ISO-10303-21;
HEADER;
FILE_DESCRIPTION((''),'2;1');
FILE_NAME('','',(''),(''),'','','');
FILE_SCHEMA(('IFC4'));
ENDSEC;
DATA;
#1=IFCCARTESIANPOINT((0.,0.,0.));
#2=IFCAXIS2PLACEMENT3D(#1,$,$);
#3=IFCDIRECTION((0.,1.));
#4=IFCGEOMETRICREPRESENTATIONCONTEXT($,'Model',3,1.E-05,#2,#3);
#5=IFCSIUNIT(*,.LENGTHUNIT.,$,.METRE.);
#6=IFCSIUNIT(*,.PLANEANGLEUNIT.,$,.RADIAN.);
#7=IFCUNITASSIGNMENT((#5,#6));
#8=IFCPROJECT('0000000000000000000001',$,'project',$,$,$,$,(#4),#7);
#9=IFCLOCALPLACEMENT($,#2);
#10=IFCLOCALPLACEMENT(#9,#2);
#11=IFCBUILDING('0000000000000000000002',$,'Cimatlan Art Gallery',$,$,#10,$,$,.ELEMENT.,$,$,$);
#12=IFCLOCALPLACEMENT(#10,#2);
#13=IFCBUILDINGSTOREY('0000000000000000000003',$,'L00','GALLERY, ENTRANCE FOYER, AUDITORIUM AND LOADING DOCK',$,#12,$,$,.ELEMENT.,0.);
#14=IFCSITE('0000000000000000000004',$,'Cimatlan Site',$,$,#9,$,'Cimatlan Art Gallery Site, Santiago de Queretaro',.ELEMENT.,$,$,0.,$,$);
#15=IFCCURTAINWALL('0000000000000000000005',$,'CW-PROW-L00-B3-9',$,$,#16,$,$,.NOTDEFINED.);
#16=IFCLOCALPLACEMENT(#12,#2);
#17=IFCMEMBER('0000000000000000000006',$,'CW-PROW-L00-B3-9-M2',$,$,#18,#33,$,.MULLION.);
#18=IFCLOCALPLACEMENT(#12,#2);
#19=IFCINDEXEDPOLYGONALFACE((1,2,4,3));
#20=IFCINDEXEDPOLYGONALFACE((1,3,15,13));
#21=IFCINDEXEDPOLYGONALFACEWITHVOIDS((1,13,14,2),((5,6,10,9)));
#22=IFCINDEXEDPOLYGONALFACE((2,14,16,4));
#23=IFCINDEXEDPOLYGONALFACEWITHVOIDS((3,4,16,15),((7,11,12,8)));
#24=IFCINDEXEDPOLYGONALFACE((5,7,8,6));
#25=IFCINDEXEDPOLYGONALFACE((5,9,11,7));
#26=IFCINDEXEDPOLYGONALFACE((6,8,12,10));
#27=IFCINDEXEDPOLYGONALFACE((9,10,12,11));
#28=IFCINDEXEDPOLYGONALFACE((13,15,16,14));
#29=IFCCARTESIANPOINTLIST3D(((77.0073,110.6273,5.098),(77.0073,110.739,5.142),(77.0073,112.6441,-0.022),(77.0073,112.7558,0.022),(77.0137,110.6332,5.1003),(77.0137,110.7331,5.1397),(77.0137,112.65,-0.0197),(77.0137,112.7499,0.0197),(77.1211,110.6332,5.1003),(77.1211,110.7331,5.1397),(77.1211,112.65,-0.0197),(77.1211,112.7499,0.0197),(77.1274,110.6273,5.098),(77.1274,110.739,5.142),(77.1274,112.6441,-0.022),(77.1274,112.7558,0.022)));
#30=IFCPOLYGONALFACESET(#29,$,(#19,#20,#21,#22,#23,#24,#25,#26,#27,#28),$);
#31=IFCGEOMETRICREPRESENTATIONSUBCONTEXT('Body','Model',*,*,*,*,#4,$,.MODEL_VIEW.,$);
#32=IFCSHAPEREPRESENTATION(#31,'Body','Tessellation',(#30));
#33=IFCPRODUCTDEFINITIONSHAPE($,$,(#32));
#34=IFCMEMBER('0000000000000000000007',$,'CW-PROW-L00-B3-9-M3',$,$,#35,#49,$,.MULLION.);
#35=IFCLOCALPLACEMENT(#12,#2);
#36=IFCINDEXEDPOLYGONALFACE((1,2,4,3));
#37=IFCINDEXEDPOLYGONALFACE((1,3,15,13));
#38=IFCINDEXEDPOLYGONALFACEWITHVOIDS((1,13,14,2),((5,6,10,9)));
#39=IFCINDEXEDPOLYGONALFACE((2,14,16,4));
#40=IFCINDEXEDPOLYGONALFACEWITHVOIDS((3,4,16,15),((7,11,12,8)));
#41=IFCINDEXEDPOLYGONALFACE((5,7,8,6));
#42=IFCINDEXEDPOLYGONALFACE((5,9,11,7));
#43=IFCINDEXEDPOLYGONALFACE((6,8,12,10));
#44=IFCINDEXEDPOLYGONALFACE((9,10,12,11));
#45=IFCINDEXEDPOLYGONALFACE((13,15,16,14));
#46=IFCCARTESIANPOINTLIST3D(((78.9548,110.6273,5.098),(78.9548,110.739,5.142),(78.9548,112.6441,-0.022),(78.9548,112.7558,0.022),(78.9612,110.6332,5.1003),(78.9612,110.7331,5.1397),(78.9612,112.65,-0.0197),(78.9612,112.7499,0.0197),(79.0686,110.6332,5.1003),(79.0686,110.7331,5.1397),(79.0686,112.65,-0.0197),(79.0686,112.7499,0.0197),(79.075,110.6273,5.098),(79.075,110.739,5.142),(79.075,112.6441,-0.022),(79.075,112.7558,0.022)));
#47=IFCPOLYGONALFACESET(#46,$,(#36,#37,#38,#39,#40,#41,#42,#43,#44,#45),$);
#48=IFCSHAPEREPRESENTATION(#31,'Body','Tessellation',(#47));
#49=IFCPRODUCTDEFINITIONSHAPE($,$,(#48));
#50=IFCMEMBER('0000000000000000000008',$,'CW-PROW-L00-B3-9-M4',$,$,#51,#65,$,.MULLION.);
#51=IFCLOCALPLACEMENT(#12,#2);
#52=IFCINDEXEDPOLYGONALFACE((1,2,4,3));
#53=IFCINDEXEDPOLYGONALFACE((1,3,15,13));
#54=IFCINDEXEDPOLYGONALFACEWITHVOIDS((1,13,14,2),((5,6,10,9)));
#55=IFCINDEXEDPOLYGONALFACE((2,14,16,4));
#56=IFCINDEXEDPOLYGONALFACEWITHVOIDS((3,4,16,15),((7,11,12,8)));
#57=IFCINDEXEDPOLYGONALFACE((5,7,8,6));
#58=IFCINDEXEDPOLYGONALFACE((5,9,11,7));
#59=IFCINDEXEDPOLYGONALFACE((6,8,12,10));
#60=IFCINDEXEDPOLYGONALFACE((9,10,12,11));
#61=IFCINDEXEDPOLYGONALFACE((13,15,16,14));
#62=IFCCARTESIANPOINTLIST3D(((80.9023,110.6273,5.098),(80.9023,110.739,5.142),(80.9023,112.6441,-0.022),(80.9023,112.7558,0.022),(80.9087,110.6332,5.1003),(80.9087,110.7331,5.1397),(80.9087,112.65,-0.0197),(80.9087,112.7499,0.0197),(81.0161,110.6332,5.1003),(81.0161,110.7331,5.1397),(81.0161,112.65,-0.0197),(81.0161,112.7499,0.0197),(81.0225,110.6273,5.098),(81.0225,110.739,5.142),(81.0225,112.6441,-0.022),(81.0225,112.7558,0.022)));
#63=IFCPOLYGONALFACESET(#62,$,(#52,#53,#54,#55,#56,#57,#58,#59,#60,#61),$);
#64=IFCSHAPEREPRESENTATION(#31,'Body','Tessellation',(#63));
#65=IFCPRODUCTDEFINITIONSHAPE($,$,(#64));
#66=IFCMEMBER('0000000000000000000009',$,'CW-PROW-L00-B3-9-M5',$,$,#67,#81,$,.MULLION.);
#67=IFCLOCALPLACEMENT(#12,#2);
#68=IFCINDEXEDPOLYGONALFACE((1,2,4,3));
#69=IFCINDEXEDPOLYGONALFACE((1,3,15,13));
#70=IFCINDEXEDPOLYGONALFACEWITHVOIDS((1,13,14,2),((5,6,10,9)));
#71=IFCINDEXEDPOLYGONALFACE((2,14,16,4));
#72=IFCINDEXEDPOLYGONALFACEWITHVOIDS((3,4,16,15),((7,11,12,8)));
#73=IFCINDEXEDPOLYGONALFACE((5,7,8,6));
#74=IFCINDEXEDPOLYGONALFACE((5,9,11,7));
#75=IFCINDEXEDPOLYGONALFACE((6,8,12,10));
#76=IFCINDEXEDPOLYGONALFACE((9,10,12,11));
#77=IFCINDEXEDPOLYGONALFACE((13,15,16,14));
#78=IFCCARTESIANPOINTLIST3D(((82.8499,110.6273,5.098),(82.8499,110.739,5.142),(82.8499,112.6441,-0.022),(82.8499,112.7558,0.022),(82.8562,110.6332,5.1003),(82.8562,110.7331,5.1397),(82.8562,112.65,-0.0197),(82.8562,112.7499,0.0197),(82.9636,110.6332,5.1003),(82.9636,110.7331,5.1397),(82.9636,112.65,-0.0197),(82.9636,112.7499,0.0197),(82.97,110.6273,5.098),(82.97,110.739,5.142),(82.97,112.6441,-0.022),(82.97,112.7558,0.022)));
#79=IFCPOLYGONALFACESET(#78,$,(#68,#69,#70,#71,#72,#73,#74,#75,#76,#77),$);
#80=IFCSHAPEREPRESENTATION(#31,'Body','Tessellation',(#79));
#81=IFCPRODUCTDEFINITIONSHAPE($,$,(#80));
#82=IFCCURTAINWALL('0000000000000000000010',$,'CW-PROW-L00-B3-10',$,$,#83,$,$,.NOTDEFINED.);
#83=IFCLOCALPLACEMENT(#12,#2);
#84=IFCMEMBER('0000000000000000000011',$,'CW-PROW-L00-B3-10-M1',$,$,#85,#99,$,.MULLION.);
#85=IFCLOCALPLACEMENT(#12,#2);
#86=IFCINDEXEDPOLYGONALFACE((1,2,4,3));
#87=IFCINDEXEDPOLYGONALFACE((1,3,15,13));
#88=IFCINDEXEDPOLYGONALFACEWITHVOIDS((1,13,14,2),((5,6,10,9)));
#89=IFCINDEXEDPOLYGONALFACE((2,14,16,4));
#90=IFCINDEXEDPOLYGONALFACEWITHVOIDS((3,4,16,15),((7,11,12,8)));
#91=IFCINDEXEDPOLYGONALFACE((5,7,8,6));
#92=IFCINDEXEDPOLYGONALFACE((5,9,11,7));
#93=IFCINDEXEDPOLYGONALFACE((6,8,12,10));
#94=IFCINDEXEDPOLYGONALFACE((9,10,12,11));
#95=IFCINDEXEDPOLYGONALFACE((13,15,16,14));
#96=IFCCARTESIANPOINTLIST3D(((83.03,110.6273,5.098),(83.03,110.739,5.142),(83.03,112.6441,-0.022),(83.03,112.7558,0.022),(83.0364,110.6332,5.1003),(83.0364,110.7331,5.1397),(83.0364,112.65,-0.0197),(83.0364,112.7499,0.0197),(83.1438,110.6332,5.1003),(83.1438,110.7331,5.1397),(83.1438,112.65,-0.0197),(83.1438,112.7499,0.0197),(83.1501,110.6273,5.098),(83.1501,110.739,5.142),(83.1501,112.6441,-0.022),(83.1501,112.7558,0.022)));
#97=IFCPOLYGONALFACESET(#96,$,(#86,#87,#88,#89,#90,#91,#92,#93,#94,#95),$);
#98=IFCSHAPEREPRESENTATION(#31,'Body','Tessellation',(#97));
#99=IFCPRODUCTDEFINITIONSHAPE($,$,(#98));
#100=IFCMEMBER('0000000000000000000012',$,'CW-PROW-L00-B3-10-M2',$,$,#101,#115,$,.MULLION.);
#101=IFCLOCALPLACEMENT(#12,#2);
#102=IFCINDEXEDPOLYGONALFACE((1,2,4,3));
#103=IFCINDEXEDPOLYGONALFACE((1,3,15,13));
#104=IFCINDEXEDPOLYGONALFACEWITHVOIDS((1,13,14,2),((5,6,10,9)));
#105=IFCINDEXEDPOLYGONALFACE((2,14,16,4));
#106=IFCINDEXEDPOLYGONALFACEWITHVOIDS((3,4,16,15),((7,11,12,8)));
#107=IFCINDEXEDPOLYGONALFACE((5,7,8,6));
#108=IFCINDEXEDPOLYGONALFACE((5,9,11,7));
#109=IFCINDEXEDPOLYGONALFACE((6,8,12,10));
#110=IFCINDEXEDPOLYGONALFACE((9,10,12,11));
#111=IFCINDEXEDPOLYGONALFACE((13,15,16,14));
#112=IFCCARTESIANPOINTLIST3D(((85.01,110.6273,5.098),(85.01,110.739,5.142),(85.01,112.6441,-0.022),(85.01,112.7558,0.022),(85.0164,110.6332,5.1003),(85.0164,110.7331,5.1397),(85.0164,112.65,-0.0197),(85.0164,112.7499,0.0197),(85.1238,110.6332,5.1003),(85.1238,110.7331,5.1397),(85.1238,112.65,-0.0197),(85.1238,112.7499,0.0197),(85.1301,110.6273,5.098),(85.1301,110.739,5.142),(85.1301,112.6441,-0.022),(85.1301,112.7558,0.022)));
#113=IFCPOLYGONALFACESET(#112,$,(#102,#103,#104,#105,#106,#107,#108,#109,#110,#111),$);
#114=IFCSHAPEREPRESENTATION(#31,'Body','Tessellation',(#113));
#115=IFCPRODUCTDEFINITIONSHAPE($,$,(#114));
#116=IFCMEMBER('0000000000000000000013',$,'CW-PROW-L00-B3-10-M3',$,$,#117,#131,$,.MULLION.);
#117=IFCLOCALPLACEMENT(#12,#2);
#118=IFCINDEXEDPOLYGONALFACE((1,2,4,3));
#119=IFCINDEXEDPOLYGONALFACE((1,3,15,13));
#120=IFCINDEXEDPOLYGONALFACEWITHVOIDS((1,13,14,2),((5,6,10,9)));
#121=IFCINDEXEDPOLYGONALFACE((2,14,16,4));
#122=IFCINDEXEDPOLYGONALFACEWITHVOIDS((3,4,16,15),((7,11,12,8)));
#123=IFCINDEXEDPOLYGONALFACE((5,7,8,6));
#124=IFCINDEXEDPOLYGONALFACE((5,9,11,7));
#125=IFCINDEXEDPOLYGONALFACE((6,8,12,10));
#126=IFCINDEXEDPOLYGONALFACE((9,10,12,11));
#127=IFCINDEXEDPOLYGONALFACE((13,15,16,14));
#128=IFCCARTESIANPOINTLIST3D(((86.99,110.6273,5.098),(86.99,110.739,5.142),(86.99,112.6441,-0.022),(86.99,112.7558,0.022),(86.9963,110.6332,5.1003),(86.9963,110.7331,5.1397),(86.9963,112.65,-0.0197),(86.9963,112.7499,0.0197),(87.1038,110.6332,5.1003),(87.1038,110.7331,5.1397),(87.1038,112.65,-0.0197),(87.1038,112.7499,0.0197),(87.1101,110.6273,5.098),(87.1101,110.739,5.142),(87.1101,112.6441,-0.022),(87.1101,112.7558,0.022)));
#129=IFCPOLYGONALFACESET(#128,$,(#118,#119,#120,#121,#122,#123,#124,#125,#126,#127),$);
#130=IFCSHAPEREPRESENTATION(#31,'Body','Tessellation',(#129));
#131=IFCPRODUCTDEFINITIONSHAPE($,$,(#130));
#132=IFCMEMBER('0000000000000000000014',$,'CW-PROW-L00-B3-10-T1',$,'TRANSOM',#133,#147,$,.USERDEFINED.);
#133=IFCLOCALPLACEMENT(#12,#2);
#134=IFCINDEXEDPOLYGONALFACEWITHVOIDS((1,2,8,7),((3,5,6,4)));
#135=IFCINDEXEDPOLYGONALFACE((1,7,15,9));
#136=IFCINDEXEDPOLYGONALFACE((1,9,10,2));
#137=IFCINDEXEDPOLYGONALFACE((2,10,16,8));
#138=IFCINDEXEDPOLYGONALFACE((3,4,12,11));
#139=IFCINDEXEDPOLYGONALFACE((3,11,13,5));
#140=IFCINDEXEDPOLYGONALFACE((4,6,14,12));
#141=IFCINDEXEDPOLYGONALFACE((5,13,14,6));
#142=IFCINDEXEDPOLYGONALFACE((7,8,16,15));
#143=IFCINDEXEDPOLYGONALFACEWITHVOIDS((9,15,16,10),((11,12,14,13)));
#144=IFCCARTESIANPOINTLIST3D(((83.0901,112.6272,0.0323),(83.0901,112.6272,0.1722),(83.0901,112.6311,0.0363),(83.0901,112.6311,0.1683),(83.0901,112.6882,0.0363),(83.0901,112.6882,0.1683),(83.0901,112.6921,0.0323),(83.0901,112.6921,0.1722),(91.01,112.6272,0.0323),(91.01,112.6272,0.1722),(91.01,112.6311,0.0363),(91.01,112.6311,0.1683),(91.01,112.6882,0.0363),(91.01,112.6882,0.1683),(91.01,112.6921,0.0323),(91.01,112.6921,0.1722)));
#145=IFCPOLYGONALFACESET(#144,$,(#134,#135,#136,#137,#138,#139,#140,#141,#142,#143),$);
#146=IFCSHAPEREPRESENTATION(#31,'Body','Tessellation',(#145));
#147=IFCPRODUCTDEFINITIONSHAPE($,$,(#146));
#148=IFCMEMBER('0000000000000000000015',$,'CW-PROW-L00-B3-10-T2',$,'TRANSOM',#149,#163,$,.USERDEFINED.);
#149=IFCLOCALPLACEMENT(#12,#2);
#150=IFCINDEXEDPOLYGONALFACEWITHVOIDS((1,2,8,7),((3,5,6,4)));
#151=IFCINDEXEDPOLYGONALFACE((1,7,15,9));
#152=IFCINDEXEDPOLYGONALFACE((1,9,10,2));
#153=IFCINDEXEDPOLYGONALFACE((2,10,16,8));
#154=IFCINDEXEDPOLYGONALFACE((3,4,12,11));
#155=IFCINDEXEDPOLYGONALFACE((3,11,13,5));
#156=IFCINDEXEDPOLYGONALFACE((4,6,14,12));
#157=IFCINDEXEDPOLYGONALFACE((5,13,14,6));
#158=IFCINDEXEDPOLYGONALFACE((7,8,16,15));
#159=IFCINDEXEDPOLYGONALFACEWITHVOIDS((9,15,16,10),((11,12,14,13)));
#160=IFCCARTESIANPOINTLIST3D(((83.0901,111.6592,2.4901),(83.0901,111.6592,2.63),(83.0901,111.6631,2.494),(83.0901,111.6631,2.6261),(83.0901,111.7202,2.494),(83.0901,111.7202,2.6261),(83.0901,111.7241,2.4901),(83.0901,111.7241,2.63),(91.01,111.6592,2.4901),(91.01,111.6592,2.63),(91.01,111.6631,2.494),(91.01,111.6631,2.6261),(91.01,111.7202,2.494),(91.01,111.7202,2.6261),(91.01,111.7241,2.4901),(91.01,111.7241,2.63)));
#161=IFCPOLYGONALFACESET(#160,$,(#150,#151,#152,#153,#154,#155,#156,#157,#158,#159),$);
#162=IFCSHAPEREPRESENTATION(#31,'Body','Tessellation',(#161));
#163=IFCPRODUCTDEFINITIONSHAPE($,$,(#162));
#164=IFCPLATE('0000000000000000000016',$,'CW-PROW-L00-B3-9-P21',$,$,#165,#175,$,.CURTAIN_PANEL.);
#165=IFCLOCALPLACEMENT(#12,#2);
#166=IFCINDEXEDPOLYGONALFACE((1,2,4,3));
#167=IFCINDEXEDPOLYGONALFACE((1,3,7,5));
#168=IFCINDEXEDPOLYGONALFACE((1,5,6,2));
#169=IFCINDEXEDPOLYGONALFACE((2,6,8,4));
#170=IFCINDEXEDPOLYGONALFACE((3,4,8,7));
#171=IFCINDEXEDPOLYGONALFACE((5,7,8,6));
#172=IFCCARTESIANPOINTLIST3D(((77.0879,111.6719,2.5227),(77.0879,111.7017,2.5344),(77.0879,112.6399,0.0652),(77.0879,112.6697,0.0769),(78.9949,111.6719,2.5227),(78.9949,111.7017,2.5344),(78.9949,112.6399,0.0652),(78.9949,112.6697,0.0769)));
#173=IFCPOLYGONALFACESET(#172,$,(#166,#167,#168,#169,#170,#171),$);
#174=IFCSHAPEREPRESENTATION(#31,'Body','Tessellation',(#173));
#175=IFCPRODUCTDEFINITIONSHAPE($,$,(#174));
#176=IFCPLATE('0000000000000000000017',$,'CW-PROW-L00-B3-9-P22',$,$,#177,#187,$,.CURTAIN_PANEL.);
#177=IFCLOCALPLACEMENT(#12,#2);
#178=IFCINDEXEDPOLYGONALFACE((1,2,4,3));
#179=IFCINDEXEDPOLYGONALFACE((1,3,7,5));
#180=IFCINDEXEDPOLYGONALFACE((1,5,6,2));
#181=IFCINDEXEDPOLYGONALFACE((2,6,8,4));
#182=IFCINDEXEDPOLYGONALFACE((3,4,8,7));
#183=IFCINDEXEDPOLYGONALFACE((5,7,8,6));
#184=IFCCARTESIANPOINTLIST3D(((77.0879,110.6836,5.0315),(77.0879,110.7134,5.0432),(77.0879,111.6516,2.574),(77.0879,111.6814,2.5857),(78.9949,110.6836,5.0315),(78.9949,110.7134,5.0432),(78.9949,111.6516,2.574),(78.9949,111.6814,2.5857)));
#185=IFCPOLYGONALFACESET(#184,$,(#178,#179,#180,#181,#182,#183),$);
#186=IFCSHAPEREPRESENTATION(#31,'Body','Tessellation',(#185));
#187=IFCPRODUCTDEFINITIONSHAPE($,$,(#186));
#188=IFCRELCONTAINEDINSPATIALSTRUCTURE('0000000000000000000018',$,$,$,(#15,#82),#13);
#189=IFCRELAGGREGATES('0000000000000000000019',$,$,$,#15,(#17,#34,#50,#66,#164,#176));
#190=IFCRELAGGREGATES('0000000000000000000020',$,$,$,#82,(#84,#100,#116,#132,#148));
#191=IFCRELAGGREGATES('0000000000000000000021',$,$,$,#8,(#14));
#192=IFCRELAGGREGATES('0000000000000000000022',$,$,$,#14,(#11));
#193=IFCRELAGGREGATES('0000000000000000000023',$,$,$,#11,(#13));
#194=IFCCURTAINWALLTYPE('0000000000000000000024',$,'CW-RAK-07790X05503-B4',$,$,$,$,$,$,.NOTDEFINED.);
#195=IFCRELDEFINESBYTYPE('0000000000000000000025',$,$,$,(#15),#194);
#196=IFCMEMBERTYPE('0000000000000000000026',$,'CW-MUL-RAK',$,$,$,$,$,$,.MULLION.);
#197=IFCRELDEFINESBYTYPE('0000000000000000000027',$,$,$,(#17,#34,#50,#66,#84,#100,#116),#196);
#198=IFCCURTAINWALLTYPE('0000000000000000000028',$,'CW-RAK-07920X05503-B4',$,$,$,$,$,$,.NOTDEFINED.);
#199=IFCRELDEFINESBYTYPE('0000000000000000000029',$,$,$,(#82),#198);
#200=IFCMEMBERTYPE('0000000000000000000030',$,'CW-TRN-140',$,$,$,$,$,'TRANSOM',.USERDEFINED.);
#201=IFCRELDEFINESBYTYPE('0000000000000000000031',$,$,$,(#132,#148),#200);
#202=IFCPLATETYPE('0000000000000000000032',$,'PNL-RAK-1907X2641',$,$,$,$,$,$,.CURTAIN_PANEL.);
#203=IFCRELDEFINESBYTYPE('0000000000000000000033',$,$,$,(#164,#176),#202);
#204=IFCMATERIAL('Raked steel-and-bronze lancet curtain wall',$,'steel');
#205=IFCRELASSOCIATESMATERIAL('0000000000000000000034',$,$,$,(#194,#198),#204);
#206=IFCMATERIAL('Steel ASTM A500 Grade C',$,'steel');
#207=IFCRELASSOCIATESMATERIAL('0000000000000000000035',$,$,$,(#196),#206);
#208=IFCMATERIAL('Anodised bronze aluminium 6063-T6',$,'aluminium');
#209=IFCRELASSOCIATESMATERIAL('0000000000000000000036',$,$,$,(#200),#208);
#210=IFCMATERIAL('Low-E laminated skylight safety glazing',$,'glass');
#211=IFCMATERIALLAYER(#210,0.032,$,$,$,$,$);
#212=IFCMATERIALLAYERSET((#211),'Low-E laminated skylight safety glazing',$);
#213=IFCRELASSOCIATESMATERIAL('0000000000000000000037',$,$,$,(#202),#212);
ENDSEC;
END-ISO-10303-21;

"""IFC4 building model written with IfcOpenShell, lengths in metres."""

from ifc_helpers import new_model, si_unit, direction, frame, origin, origin_2d, place, context, subcontext, project, spatial, polyline, hollow_rectangle, outline, extrude, material, layer, layer_set, material_profile, profile_set, type_object, element, aggregate, save


model = new_model("IFC4")

# Units and contexts
model_context = context("Model", 3, precision=1e-05, world=origin(), true_north=direction((0.0, 1.0)))
body_context = subcontext(model_context, "Body", "Model", "MODEL_VIEW")
ifc_project = project(units=[si_unit("LENGTHUNIT", "METRE"), si_unit("PLANEANGLEUNIT", "RADIAN")], contexts=[model_context])

# Site, building, storey
site_placement = place(None, origin())
site = spatial("IfcSite", under=ifc_project, at=site_placement, Name="Cimatlan Site", LongName="Cimatlan Art Gallery Site, Santiago de Queretaro", CompositionType="ELEMENT", RefElevation=0.0)
building_placement = place(site_placement, origin())
building = spatial("IfcBuilding", under=site, at=building_placement, Name="Cimatlan Art Gallery", CompositionType="ELEMENT")
storey_placement = place(building_placement, origin())
storey = spatial("IfcBuildingStorey", under=building, at=storey_placement, Name="L00", Description="GALLERY, ENTRANCE FOYER, AUDITORIUM AND LOADING DOCK", CompositionType="ELEMENT", Elevation=0.0)

# Curtain walls, members
ifc_material_1 = material(Name="Raked steel-and-bronze lancet curtain wall", Category="steel")
curtain_wall_type_1 = type_object("IfcCurtainWallType", Name="CW-RAK-07790X05503-B4", PredefinedType="NOTDEFINED", material=ifc_material_1)
curtain_wall_1_placement = place(storey_placement, origin())
curtain_wall_1 = element("IfcCurtainWall", 1, at=curtain_wall_1_placement, inside=storey, type_object=curtain_wall_type_1, Name="CW-PROW-L00-B3-9", PredefinedType="NOTDEFINED")
ifc_material_2 = material(Name="Steel ASTM A500 Grade C", Category="steel")
ifc_material_profile_1 = material_profile(ifc_material_2, hollow_rectangle(XDim=0.1201, YDim=0.1201, WallThickness=0.0063, at=origin_2d()), Name="HSS120X120X6")
ifc_profile_set_1 = profile_set([ifc_material_profile_1], Name="Steel ASTM A500 Grade C")
member_type_1 = type_object("IfcMemberType", Name="CW-MUL-RAK", PredefinedType="MULLION", material=ifc_profile_set_1)
member_1_placement = place(storey_placement, frame((77.0674, 112.7, 0.0), z_axis=(0.0, -0.366498, 0.930419), x_axis=(1.0, 0.0, 0.0)))
member_1 = element("IfcMember", 2, at=member_1_placement, type_object=member_type_1, Name="CW-PROW-L00-B3-9-M2", PredefinedType="MULLION", context=body_context, shape_type="SweptSolid", body=[
    extrude(hollow_rectangle(XDim=0.1201, YDim=0.1201, WallThickness=0.0063, at=origin_2d()), origin(), (0.0, 0.0, 1.0), 5.5029),
])
member_2_placement = place(storey_placement, frame((79.0149, 112.7, 0.0), z_axis=(0.0, -0.366498, 0.930419), x_axis=(1.0, 0.0, 0.0)))
member_2 = element("IfcMember", 3, at=member_2_placement, type_object=member_type_1, Name="CW-PROW-L00-B3-9-M3", PredefinedType="MULLION", context=body_context, shape_type="SweptSolid", body=[
    extrude(hollow_rectangle(XDim=0.1201, YDim=0.1201, WallThickness=0.0063, at=origin_2d()), origin(), (0.0, 0.0, 1.0), 5.5029),
])
member_3_placement = place(storey_placement, frame((80.9624, 112.7, 0.0), z_axis=(0.0, -0.366498, 0.930419), x_axis=(1.0, 0.0, 0.0)))
member_3 = element("IfcMember", 4, at=member_3_placement, type_object=member_type_1, Name="CW-PROW-L00-B3-9-M4", PredefinedType="MULLION", context=body_context, shape_type="SweptSolid", body=[
    extrude(hollow_rectangle(XDim=0.1201, YDim=0.1201, WallThickness=0.0063, at=origin_2d()), origin(), (0.0, 0.0, 1.0), 5.5029),
])
member_4_placement = place(storey_placement, frame((82.9099, 112.7, 0.0), z_axis=(0.0, -0.366498, 0.930419), x_axis=(1.0, 0.0, 0.0)))
member_4 = element("IfcMember", 5, at=member_4_placement, type_object=member_type_1, Name="CW-PROW-L00-B3-9-M5", PredefinedType="MULLION", context=body_context, shape_type="SweptSolid", body=[
    extrude(hollow_rectangle(XDim=0.1201, YDim=0.1201, WallThickness=0.0063, at=origin_2d()), origin(), (0.0, 0.0, 1.0), 5.5029),
])
curtain_wall_type_2 = type_object("IfcCurtainWallType", Name="CW-RAK-07920X05503-B4", PredefinedType="NOTDEFINED", material=ifc_material_1)
curtain_wall_2_placement = place(storey_placement, origin())
curtain_wall_2 = element("IfcCurtainWall", 6, at=curtain_wall_2_placement, inside=storey, type_object=curtain_wall_type_2, Name="CW-PROW-L00-B3-10", PredefinedType="NOTDEFINED")
member_5_placement = place(storey_placement, frame((83.0901, 112.7, 0.0), z_axis=(0.0, -0.366498, 0.930419), x_axis=(1.0, 0.0, 0.0)))
member_5 = element("IfcMember", 7, at=member_5_placement, type_object=member_type_1, Name="CW-PROW-L00-B3-10-M1", PredefinedType="MULLION", context=body_context, shape_type="SweptSolid", body=[
    extrude(hollow_rectangle(XDim=0.1201, YDim=0.1201, WallThickness=0.0063, at=origin_2d()), origin(), (0.0, 0.0, 1.0), 5.5029),
])
member_6_placement = place(storey_placement, frame((85.0701, 112.7, 0.0), z_axis=(0.0, -0.366498, 0.930419), x_axis=(1.0, 0.0, 0.0)))
member_6 = element("IfcMember", 8, at=member_6_placement, type_object=member_type_1, Name="CW-PROW-L00-B3-10-M2", PredefinedType="MULLION", context=body_context, shape_type="SweptSolid", body=[
    extrude(hollow_rectangle(XDim=0.1201, YDim=0.1201, WallThickness=0.0063, at=origin_2d()), origin(), (0.0, 0.0, 1.0), 5.5029),
])
member_7_placement = place(storey_placement, frame((87.05, 112.7, 0.0), z_axis=(0.0, -0.366498, 0.930419), x_axis=(1.0, 0.0, 0.0)))
member_7 = element("IfcMember", 9, at=member_7_placement, type_object=member_type_1, Name="CW-PROW-L00-B3-10-M3", PredefinedType="MULLION", context=body_context, shape_type="SweptSolid", body=[
    extrude(hollow_rectangle(XDim=0.1201, YDim=0.1201, WallThickness=0.0063, at=origin_2d()), origin(), (0.0, 0.0, 1.0), 5.5029),
])
ifc_material_3 = material(Name="Anodised bronze aluminium 6063-T6", Category="aluminium")
ifc_material_profile_2 = material_profile(ifc_material_3, hollow_rectangle(XDim=0.0649, YDim=0.1399, WallThickness=0.0039, at=origin_2d()), Name="ALU65X140X4")
ifc_profile_set_2 = profile_set([ifc_material_profile_2], Name="Anodised bronze aluminium 6063-T6")
member_type_2 = type_object("IfcMemberType", Name="CW-TRN-140", ElementType="TRANSOM", PredefinedType="USERDEFINED", material=ifc_profile_set_2)
member_8_placement = place(storey_placement, frame((83.0901, 112.6597, 0.1023), z_axis=(1.0, 0.0, 0.0), x_axis=(0.0, 1.0, 0.0)))
member_8 = element("IfcMember", 10, at=member_8_placement, type_object=member_type_2, Name="CW-PROW-L00-B3-10-T1", ObjectType="TRANSOM", PredefinedType="USERDEFINED", context=body_context, shape_type="SweptSolid", body=[
    extrude(hollow_rectangle(XDim=0.0649, YDim=0.1399, WallThickness=0.0039, at=origin_2d()), origin(), (0.0, 0.0, 1.0), 7.9199),
])
member_9_placement = place(storey_placement, frame((83.0901, 111.6917, 2.5601), z_axis=(1.0, 0.0, 0.0), x_axis=(0.0, 1.0, 0.0)))
member_9 = element("IfcMember", 11, at=member_9_placement, type_object=member_type_2, Name="CW-PROW-L00-B3-10-T2", ObjectType="TRANSOM", PredefinedType="USERDEFINED", context=body_context, shape_type="SweptSolid", body=[
    extrude(hollow_rectangle(XDim=0.0649, YDim=0.1399, WallThickness=0.0039, at=origin_2d()), origin(), (0.0, 0.0, 1.0), 7.9199),
])

# Plates
ifc_material_4 = material(Name="Low-E laminated skylight safety glazing", Category="glass")
ifc_layer_1 = layer(ifc_material_4, 0.032)
ifc_layer_set_1 = layer_set([ifc_layer_1], Name="Low-E laminated skylight safety glazing")
plate_type_1 = type_object("IfcPlateType", Name="PNL-RAK-1907X2641", PredefinedType="CURTAIN_PANEL", material=ifc_layer_set_1)
plate_1_placement = place(storey_placement, frame((77.0879, 112.6697, 0.0769), z_axis=(0.0, 0.930421, 0.366493), x_axis=(1.0, 0.0, 0.0)))
plate_1 = element("IfcPlate", 12, at=plate_1_placement, type_object=plate_type_1, Name="CW-PROW-L00-B3-9-P21", PredefinedType="CURTAIN_PANEL", context=body_context, shape_type="SweptSolid", body=[
    extrude(outline(polyline([(0.0, 0.0), (1.907, 0.0), (1.907, -2.6413), (0.0, -2.6413), (0.0, 0.0)])), origin(), (0.0, 0.0, -1.0), 0.032),
])
plate_2_placement = place(storey_placement, frame((77.0879, 111.6814, 2.5857), z_axis=(0.0, 0.930421, 0.366493), x_axis=(1.0, 0.0, 0.0)))
plate_2 = element("IfcPlate", 13, at=plate_2_placement, type_object=plate_type_1, Name="CW-PROW-L00-B3-9-P22", PredefinedType="CURTAIN_PANEL", context=body_context, shape_type="SweptSolid", body=[
    extrude(outline(polyline([(0.0, 0.0), (1.907, 0.0), (1.907, -2.6413), (0.0, -2.6413), (0.0, 0.0)])), origin(), (0.0, 0.0, -1.0), 0.032),
])
aggregate(curtain_wall_1, [member_1, member_2, member_3, member_4, plate_1, plate_2])
aggregate(curtain_wall_2, [member_5, member_6, member_7, member_8, member_9])

save(model, "model.ifc")
